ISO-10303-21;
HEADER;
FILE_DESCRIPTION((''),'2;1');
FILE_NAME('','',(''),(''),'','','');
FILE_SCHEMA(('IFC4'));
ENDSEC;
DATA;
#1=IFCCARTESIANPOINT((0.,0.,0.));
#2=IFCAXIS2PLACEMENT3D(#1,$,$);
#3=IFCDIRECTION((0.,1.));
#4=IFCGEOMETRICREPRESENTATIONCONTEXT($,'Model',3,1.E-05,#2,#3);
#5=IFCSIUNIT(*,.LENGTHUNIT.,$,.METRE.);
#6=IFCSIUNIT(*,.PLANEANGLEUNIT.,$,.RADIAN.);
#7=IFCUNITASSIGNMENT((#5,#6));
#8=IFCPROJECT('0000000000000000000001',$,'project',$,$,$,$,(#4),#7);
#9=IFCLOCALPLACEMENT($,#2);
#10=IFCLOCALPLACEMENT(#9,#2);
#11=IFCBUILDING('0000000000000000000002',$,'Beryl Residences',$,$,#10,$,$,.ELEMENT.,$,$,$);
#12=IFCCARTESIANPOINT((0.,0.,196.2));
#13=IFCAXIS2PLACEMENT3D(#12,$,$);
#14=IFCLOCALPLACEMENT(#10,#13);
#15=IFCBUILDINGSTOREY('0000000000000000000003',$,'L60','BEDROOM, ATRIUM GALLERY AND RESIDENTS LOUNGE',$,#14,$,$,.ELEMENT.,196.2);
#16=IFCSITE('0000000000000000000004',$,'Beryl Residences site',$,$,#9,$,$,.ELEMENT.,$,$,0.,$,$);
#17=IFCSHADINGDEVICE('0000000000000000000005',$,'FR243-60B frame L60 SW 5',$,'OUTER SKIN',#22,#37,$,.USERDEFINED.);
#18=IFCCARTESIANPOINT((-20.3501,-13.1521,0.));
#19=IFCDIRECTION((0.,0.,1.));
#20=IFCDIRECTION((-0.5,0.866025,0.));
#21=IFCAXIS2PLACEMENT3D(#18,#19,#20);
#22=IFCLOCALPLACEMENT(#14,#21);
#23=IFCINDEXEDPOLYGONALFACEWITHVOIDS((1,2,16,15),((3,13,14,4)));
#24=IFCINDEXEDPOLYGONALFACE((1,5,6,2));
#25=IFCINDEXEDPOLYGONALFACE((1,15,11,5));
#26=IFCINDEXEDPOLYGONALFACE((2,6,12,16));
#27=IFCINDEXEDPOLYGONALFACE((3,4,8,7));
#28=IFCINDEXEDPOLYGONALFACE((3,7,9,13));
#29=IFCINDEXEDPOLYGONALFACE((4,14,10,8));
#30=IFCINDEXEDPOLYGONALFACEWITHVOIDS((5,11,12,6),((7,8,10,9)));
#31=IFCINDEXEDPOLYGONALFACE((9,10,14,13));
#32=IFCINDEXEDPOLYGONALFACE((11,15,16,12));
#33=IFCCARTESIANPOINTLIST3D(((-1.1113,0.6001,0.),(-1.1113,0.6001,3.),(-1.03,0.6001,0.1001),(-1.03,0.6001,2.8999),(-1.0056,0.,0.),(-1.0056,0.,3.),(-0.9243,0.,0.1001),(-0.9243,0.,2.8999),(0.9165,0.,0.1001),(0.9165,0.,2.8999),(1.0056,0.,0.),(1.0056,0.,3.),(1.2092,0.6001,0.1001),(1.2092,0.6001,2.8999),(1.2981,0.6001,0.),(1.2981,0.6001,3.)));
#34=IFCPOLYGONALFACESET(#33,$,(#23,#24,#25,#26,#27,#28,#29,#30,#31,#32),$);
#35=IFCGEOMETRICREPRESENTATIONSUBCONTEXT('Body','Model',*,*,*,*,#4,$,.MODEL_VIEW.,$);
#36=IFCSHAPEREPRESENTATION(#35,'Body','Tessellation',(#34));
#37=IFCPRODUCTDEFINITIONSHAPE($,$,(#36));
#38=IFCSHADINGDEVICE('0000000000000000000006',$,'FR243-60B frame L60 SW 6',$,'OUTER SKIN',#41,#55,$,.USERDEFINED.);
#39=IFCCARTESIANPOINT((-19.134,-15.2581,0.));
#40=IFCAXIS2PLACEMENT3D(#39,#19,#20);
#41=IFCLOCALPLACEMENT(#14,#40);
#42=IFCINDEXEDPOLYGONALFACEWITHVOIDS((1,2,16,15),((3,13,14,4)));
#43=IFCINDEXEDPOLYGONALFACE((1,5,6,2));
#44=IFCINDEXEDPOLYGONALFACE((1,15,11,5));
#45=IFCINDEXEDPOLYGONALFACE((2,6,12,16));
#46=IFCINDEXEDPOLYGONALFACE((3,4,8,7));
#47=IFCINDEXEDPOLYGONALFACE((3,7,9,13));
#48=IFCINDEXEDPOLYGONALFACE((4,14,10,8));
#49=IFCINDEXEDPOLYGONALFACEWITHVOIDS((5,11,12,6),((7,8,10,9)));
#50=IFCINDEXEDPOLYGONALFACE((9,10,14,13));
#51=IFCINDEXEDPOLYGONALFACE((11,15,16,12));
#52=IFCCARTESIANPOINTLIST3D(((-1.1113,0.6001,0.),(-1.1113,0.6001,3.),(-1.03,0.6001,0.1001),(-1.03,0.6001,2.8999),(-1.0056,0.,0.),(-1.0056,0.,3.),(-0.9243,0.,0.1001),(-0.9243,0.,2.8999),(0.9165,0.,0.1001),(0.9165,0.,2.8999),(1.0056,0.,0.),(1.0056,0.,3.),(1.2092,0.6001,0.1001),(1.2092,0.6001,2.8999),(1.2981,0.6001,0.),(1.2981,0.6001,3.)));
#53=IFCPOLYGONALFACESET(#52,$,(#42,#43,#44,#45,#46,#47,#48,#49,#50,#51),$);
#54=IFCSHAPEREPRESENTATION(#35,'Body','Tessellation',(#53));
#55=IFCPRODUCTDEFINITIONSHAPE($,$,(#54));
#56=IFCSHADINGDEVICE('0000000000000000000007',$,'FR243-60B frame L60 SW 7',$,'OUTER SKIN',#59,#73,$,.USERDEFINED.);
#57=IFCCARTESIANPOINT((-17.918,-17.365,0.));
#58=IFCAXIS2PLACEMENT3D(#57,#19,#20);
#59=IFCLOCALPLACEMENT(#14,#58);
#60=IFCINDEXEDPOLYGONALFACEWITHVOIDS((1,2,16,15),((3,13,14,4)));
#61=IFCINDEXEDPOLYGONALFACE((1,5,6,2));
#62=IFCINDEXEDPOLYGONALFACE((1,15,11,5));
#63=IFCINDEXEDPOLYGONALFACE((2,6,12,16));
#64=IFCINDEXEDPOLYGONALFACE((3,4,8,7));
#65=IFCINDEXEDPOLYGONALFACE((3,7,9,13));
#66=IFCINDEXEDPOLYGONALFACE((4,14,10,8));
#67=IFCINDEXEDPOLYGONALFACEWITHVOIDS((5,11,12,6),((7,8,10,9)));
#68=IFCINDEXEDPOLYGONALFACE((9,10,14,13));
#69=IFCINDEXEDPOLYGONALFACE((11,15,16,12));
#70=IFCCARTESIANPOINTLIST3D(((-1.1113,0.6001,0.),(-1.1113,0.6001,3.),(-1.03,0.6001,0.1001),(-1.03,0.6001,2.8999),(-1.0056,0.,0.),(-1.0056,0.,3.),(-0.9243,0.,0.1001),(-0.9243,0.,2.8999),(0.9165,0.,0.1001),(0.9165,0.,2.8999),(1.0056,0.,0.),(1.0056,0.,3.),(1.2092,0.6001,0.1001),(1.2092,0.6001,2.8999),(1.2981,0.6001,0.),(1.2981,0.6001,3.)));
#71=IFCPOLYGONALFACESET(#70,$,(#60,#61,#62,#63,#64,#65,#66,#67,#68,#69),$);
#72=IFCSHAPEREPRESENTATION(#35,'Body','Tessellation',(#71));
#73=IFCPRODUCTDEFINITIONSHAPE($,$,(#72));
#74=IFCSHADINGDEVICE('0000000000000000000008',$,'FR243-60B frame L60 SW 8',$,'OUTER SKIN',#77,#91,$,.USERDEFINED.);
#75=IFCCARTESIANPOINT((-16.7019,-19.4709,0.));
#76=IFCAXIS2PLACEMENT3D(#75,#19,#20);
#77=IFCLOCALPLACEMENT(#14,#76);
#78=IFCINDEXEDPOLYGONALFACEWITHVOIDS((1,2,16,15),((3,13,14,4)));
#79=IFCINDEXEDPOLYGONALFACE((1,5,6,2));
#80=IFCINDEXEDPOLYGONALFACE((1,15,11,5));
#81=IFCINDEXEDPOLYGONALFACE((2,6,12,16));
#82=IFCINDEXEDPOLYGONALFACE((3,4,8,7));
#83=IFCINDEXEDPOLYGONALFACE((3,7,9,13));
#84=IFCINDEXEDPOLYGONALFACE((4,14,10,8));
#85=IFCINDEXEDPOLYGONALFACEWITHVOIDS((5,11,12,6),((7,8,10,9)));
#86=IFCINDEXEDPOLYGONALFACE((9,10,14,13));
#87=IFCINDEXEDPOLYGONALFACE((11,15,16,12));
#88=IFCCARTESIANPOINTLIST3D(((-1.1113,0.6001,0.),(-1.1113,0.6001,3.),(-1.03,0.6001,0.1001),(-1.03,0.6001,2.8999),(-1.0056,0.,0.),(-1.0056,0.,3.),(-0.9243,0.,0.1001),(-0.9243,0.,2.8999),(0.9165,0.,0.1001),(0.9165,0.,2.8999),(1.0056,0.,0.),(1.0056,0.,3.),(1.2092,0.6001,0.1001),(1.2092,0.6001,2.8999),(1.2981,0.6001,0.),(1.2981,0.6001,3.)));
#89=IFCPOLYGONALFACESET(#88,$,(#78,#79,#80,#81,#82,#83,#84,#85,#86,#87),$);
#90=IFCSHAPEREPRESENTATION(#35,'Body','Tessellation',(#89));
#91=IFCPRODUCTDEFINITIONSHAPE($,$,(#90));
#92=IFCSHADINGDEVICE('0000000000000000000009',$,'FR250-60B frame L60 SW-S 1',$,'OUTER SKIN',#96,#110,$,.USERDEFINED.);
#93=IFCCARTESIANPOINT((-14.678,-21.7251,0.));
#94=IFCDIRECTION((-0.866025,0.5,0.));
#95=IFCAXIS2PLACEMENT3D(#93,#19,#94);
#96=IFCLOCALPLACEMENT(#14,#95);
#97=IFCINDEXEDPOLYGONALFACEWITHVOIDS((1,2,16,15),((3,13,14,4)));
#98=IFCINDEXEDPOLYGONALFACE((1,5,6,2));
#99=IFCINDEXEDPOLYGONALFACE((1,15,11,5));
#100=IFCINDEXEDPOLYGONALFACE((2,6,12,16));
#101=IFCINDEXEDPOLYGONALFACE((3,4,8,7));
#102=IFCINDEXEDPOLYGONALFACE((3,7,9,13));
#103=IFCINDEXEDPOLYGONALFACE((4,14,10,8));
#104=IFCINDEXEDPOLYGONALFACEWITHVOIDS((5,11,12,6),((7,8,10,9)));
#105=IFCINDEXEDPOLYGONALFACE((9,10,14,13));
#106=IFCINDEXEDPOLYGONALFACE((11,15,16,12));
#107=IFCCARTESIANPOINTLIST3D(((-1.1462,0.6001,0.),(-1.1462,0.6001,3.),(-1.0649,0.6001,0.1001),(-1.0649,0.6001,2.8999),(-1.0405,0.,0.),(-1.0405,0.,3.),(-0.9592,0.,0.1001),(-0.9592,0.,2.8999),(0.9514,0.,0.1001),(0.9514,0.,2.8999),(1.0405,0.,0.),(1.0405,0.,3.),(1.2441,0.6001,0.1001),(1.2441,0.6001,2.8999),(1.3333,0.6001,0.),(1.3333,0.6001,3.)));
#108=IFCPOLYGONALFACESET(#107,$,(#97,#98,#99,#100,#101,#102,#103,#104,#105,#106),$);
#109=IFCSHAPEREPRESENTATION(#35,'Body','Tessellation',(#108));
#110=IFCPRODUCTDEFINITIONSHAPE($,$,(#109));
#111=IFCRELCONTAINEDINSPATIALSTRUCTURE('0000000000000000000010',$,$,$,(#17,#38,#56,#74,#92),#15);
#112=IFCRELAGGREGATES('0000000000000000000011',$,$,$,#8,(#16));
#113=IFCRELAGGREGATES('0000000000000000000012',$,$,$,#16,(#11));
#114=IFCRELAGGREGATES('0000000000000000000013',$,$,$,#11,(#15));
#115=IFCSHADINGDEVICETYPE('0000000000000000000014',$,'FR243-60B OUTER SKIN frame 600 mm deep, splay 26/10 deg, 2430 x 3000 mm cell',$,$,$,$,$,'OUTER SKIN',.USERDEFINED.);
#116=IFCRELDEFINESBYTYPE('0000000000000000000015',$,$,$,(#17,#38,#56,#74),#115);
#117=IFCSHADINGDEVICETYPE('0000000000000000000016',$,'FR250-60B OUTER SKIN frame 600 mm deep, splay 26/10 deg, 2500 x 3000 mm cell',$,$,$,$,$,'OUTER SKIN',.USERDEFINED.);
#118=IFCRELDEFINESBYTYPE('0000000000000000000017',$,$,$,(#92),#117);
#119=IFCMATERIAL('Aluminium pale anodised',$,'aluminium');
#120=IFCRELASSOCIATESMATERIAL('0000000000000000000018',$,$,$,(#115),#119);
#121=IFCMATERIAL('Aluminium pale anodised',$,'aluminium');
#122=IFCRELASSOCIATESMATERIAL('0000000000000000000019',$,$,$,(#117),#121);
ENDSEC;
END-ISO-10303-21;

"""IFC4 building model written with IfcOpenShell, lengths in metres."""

from ifc_helpers import new_model, entity, si_unit, direction, frame, origin, place, context, subcontext, project, spatial, source, transform, mapped, material, type_object, type_shapes, element, save


model = new_model("IFC4")

# Units and contexts
model_context = context("Model", 3, precision=1e-05, world=origin(), true_north=direction((0.0, 1.0)))
body_context = subcontext(model_context, "Body", "Model", "MODEL_VIEW")
ifc_project = project(units=[si_unit("LENGTHUNIT", "METRE"), si_unit("PLANEANGLEUNIT", "RADIAN")], contexts=[model_context])

# Site, building, storey
site_placement = place(None, origin())
site = spatial("IfcSite", under=ifc_project, at=site_placement, Name="Beryl Residences site", CompositionType="ELEMENT", RefElevation=0.0)
building_placement = place(site_placement, origin())
building = spatial("IfcBuilding", under=site, at=building_placement, Name="Beryl Residences", CompositionType="ELEMENT")
storey_placement = place(building_placement, frame((0.0, 0.0, 196.2)))
storey = spatial("IfcBuildingStorey", under=building, at=storey_placement, Name="L60", Description="BEDROOM, ATRIUM GALLERY AND RESIDENTS LOUNGE", CompositionType="ELEMENT", Elevation=196.2)

# Shading devices
ifc_material_1 = material(Name="Aluminium pale anodised", Category="aluminium")
shading_device_type_1 = type_object("IfcShadingDeviceType", Name="FR243-60B OUTER SKIN frame 600 mm deep, splay 26/10 deg, 2430 x 3000 mm cell", ElementType="OUTER SKIN", PredefinedType="USERDEFINED", material=ifc_material_1)
cartesian_point_1 = entity("IfcCartesianPoint", [-1.0056, 0.0])
cartesian_point_2 = entity("IfcCartesianPoint", [-0.9165, 0.1001])
cartesian_point_3 = entity("IfcCartesianPoint", [-1.2981, 0.0])
cartesian_point_4 = entity("IfcCartesianPoint", [-1.2092, 0.1001])
shared_shape_1 = source(origin(), body_context, "Body", "SweptSolid", [
    entity("IfcExtrudedAreaSolidTapered", entity("IfcArbitraryProfileDefWithVoids", "AREA", None, entity("IfcPolyline", [cartesian_point_1, entity("IfcCartesianPoint", [1.0056, 0.0]), entity("IfcCartesianPoint", [1.0056, 3.0]), entity("IfcCartesianPoint", [-1.0056, 3.0]), cartesian_point_1]), [entity("IfcPolyline", [cartesian_point_2, entity("IfcCartesianPoint", [0.9243, 0.1001]), entity("IfcCartesianPoint", [0.9243, 2.8999]), entity("IfcCartesianPoint", [-0.9165, 2.8999]), cartesian_point_2])]), entity("IfcAxis2Placement3D", entity("IfcCartesianPoint", [0.0, 0.0, 0.0]), entity("IfcDirection", [0.0, 1.0, 0.0]), entity("IfcDirection", [-1.0, 0.0, 0.0])), entity("IfcDirection", [0.0, 0.0, 1.0]), 0.6001, entity("IfcArbitraryProfileDefWithVoids", "AREA", None, entity("IfcPolyline", [cartesian_point_3, entity("IfcCartesianPoint", [1.1113, 0.0]), entity("IfcCartesianPoint", [1.1113, 3.0]), entity("IfcCartesianPoint", [-1.2981, 3.0]), cartesian_point_3]), [entity("IfcPolyline", [cartesian_point_4, entity("IfcCartesianPoint", [1.03, 0.1001]), entity("IfcCartesianPoint", [1.03, 2.8999]), entity("IfcCartesianPoint", [-1.2092, 2.8999]), cartesian_point_4])])),
])
type_shapes(shading_device_type_1, [shared_shape_1])
for number, where, z_axis, x_axis, name in (
    (1, (-20.3501, -13.1521, 0.0), (0.0, 0.0, 1.0), (-0.5, 0.866025, 0.0), "FR243-60B frame L60 SW 5"),
    (2, (-19.134, -15.2581, 0.0), (0.0, 0.0, 1.0), (-0.5, 0.866025, 0.0), "FR243-60B frame L60 SW 6"),
    (3, (-17.918, -17.365, 0.0), (0.0, 0.0, 1.0), (-0.5, 0.866025, 0.0), "FR243-60B frame L60 SW 7"),
    (4, (-16.7019, -19.4709, 0.0), (0.0, 0.0, 1.0), (-0.5, 0.866025, 0.0), "FR243-60B frame L60 SW 8"),
):
    element("IfcShadingDevice", number, at=place(storey_placement, frame(where, z_axis=z_axis, x_axis=x_axis)), inside=storey, type_object=shading_device_type_1, Name=name, ObjectType="OUTER SKIN", PredefinedType="USERDEFINED", context=body_context, shape_type="MappedRepresentation", body=[
        mapped(shared_shape_1, transform((0.0, 0.0, 0.0))),
    ])
ifc_material_2 = material(Name="Aluminium pale anodised", Category="aluminium")
shading_device_type_2 = type_object("IfcShadingDeviceType", Name="FR250-60B OUTER SKIN frame 600 mm deep, splay 26/10 deg, 2500 x 3000 mm cell", ElementType="OUTER SKIN", PredefinedType="USERDEFINED", material=ifc_material_2)
cartesian_point_5 = entity("IfcCartesianPoint", [-1.0405, 0.0])
cartesian_point_6 = entity("IfcCartesianPoint", [-0.9514, 0.1001])
cartesian_point_7 = entity("IfcCartesianPoint", [-1.3333, 0.0])
cartesian_point_8 = entity("IfcCartesianPoint", [-1.2441, 0.1001])
shared_shape_2 = source(origin(), body_context, "Body", "SweptSolid", [
    entity("IfcExtrudedAreaSolidTapered", entity("IfcArbitraryProfileDefWithVoids", "AREA", None, entity("IfcPolyline", [cartesian_point_5, entity("IfcCartesianPoint", [1.0405, 0.0]), entity("IfcCartesianPoint", [1.0405, 3.0]), entity("IfcCartesianPoint", [-1.0405, 3.0]), cartesian_point_5]), [entity("IfcPolyline", [cartesian_point_6, entity("IfcCartesianPoint", [0.9592, 0.1001]), entity("IfcCartesianPoint", [0.9592, 2.8999]), entity("IfcCartesianPoint", [-0.9514, 2.8999]), cartesian_point_6])]), entity("IfcAxis2Placement3D", entity("IfcCartesianPoint", [0.0, 0.0, 0.0]), entity("IfcDirection", [0.0, 1.0, 0.0]), entity("IfcDirection", [-1.0, 0.0, 0.0])), entity("IfcDirection", [0.0, 0.0, 1.0]), 0.6001, entity("IfcArbitraryProfileDefWithVoids", "AREA", None, entity("IfcPolyline", [cartesian_point_7, entity("IfcCartesianPoint", [1.1462, 0.0]), entity("IfcCartesianPoint", [1.1462, 3.0]), entity("IfcCartesianPoint", [-1.3333, 3.0]), cartesian_point_7]), [entity("IfcPolyline", [cartesian_point_8, entity("IfcCartesianPoint", [1.0649, 0.1001]), entity("IfcCartesianPoint", [1.0649, 2.8999]), entity("IfcCartesianPoint", [-1.2441, 2.8999]), cartesian_point_8])])),
])
type_shapes(shading_device_type_2, [shared_shape_2])
shading_device_placement = place(storey_placement, frame((-14.678, -21.7251, 0.0), z_axis=(0.0, 0.0, 1.0), x_axis=(-0.866025, 0.5, 0.0)))
element("IfcShadingDevice", 5, at=shading_device_placement, inside=storey, type_object=shading_device_type_2, Name="FR250-60B frame L60 SW-S 1", ObjectType="OUTER SKIN", PredefinedType="USERDEFINED", context=body_context, shape_type="MappedRepresentation", body=[
    mapped(shared_shape_2, transform((0.0, 0.0, 0.0))),
])

save(model, "model.ifc")
